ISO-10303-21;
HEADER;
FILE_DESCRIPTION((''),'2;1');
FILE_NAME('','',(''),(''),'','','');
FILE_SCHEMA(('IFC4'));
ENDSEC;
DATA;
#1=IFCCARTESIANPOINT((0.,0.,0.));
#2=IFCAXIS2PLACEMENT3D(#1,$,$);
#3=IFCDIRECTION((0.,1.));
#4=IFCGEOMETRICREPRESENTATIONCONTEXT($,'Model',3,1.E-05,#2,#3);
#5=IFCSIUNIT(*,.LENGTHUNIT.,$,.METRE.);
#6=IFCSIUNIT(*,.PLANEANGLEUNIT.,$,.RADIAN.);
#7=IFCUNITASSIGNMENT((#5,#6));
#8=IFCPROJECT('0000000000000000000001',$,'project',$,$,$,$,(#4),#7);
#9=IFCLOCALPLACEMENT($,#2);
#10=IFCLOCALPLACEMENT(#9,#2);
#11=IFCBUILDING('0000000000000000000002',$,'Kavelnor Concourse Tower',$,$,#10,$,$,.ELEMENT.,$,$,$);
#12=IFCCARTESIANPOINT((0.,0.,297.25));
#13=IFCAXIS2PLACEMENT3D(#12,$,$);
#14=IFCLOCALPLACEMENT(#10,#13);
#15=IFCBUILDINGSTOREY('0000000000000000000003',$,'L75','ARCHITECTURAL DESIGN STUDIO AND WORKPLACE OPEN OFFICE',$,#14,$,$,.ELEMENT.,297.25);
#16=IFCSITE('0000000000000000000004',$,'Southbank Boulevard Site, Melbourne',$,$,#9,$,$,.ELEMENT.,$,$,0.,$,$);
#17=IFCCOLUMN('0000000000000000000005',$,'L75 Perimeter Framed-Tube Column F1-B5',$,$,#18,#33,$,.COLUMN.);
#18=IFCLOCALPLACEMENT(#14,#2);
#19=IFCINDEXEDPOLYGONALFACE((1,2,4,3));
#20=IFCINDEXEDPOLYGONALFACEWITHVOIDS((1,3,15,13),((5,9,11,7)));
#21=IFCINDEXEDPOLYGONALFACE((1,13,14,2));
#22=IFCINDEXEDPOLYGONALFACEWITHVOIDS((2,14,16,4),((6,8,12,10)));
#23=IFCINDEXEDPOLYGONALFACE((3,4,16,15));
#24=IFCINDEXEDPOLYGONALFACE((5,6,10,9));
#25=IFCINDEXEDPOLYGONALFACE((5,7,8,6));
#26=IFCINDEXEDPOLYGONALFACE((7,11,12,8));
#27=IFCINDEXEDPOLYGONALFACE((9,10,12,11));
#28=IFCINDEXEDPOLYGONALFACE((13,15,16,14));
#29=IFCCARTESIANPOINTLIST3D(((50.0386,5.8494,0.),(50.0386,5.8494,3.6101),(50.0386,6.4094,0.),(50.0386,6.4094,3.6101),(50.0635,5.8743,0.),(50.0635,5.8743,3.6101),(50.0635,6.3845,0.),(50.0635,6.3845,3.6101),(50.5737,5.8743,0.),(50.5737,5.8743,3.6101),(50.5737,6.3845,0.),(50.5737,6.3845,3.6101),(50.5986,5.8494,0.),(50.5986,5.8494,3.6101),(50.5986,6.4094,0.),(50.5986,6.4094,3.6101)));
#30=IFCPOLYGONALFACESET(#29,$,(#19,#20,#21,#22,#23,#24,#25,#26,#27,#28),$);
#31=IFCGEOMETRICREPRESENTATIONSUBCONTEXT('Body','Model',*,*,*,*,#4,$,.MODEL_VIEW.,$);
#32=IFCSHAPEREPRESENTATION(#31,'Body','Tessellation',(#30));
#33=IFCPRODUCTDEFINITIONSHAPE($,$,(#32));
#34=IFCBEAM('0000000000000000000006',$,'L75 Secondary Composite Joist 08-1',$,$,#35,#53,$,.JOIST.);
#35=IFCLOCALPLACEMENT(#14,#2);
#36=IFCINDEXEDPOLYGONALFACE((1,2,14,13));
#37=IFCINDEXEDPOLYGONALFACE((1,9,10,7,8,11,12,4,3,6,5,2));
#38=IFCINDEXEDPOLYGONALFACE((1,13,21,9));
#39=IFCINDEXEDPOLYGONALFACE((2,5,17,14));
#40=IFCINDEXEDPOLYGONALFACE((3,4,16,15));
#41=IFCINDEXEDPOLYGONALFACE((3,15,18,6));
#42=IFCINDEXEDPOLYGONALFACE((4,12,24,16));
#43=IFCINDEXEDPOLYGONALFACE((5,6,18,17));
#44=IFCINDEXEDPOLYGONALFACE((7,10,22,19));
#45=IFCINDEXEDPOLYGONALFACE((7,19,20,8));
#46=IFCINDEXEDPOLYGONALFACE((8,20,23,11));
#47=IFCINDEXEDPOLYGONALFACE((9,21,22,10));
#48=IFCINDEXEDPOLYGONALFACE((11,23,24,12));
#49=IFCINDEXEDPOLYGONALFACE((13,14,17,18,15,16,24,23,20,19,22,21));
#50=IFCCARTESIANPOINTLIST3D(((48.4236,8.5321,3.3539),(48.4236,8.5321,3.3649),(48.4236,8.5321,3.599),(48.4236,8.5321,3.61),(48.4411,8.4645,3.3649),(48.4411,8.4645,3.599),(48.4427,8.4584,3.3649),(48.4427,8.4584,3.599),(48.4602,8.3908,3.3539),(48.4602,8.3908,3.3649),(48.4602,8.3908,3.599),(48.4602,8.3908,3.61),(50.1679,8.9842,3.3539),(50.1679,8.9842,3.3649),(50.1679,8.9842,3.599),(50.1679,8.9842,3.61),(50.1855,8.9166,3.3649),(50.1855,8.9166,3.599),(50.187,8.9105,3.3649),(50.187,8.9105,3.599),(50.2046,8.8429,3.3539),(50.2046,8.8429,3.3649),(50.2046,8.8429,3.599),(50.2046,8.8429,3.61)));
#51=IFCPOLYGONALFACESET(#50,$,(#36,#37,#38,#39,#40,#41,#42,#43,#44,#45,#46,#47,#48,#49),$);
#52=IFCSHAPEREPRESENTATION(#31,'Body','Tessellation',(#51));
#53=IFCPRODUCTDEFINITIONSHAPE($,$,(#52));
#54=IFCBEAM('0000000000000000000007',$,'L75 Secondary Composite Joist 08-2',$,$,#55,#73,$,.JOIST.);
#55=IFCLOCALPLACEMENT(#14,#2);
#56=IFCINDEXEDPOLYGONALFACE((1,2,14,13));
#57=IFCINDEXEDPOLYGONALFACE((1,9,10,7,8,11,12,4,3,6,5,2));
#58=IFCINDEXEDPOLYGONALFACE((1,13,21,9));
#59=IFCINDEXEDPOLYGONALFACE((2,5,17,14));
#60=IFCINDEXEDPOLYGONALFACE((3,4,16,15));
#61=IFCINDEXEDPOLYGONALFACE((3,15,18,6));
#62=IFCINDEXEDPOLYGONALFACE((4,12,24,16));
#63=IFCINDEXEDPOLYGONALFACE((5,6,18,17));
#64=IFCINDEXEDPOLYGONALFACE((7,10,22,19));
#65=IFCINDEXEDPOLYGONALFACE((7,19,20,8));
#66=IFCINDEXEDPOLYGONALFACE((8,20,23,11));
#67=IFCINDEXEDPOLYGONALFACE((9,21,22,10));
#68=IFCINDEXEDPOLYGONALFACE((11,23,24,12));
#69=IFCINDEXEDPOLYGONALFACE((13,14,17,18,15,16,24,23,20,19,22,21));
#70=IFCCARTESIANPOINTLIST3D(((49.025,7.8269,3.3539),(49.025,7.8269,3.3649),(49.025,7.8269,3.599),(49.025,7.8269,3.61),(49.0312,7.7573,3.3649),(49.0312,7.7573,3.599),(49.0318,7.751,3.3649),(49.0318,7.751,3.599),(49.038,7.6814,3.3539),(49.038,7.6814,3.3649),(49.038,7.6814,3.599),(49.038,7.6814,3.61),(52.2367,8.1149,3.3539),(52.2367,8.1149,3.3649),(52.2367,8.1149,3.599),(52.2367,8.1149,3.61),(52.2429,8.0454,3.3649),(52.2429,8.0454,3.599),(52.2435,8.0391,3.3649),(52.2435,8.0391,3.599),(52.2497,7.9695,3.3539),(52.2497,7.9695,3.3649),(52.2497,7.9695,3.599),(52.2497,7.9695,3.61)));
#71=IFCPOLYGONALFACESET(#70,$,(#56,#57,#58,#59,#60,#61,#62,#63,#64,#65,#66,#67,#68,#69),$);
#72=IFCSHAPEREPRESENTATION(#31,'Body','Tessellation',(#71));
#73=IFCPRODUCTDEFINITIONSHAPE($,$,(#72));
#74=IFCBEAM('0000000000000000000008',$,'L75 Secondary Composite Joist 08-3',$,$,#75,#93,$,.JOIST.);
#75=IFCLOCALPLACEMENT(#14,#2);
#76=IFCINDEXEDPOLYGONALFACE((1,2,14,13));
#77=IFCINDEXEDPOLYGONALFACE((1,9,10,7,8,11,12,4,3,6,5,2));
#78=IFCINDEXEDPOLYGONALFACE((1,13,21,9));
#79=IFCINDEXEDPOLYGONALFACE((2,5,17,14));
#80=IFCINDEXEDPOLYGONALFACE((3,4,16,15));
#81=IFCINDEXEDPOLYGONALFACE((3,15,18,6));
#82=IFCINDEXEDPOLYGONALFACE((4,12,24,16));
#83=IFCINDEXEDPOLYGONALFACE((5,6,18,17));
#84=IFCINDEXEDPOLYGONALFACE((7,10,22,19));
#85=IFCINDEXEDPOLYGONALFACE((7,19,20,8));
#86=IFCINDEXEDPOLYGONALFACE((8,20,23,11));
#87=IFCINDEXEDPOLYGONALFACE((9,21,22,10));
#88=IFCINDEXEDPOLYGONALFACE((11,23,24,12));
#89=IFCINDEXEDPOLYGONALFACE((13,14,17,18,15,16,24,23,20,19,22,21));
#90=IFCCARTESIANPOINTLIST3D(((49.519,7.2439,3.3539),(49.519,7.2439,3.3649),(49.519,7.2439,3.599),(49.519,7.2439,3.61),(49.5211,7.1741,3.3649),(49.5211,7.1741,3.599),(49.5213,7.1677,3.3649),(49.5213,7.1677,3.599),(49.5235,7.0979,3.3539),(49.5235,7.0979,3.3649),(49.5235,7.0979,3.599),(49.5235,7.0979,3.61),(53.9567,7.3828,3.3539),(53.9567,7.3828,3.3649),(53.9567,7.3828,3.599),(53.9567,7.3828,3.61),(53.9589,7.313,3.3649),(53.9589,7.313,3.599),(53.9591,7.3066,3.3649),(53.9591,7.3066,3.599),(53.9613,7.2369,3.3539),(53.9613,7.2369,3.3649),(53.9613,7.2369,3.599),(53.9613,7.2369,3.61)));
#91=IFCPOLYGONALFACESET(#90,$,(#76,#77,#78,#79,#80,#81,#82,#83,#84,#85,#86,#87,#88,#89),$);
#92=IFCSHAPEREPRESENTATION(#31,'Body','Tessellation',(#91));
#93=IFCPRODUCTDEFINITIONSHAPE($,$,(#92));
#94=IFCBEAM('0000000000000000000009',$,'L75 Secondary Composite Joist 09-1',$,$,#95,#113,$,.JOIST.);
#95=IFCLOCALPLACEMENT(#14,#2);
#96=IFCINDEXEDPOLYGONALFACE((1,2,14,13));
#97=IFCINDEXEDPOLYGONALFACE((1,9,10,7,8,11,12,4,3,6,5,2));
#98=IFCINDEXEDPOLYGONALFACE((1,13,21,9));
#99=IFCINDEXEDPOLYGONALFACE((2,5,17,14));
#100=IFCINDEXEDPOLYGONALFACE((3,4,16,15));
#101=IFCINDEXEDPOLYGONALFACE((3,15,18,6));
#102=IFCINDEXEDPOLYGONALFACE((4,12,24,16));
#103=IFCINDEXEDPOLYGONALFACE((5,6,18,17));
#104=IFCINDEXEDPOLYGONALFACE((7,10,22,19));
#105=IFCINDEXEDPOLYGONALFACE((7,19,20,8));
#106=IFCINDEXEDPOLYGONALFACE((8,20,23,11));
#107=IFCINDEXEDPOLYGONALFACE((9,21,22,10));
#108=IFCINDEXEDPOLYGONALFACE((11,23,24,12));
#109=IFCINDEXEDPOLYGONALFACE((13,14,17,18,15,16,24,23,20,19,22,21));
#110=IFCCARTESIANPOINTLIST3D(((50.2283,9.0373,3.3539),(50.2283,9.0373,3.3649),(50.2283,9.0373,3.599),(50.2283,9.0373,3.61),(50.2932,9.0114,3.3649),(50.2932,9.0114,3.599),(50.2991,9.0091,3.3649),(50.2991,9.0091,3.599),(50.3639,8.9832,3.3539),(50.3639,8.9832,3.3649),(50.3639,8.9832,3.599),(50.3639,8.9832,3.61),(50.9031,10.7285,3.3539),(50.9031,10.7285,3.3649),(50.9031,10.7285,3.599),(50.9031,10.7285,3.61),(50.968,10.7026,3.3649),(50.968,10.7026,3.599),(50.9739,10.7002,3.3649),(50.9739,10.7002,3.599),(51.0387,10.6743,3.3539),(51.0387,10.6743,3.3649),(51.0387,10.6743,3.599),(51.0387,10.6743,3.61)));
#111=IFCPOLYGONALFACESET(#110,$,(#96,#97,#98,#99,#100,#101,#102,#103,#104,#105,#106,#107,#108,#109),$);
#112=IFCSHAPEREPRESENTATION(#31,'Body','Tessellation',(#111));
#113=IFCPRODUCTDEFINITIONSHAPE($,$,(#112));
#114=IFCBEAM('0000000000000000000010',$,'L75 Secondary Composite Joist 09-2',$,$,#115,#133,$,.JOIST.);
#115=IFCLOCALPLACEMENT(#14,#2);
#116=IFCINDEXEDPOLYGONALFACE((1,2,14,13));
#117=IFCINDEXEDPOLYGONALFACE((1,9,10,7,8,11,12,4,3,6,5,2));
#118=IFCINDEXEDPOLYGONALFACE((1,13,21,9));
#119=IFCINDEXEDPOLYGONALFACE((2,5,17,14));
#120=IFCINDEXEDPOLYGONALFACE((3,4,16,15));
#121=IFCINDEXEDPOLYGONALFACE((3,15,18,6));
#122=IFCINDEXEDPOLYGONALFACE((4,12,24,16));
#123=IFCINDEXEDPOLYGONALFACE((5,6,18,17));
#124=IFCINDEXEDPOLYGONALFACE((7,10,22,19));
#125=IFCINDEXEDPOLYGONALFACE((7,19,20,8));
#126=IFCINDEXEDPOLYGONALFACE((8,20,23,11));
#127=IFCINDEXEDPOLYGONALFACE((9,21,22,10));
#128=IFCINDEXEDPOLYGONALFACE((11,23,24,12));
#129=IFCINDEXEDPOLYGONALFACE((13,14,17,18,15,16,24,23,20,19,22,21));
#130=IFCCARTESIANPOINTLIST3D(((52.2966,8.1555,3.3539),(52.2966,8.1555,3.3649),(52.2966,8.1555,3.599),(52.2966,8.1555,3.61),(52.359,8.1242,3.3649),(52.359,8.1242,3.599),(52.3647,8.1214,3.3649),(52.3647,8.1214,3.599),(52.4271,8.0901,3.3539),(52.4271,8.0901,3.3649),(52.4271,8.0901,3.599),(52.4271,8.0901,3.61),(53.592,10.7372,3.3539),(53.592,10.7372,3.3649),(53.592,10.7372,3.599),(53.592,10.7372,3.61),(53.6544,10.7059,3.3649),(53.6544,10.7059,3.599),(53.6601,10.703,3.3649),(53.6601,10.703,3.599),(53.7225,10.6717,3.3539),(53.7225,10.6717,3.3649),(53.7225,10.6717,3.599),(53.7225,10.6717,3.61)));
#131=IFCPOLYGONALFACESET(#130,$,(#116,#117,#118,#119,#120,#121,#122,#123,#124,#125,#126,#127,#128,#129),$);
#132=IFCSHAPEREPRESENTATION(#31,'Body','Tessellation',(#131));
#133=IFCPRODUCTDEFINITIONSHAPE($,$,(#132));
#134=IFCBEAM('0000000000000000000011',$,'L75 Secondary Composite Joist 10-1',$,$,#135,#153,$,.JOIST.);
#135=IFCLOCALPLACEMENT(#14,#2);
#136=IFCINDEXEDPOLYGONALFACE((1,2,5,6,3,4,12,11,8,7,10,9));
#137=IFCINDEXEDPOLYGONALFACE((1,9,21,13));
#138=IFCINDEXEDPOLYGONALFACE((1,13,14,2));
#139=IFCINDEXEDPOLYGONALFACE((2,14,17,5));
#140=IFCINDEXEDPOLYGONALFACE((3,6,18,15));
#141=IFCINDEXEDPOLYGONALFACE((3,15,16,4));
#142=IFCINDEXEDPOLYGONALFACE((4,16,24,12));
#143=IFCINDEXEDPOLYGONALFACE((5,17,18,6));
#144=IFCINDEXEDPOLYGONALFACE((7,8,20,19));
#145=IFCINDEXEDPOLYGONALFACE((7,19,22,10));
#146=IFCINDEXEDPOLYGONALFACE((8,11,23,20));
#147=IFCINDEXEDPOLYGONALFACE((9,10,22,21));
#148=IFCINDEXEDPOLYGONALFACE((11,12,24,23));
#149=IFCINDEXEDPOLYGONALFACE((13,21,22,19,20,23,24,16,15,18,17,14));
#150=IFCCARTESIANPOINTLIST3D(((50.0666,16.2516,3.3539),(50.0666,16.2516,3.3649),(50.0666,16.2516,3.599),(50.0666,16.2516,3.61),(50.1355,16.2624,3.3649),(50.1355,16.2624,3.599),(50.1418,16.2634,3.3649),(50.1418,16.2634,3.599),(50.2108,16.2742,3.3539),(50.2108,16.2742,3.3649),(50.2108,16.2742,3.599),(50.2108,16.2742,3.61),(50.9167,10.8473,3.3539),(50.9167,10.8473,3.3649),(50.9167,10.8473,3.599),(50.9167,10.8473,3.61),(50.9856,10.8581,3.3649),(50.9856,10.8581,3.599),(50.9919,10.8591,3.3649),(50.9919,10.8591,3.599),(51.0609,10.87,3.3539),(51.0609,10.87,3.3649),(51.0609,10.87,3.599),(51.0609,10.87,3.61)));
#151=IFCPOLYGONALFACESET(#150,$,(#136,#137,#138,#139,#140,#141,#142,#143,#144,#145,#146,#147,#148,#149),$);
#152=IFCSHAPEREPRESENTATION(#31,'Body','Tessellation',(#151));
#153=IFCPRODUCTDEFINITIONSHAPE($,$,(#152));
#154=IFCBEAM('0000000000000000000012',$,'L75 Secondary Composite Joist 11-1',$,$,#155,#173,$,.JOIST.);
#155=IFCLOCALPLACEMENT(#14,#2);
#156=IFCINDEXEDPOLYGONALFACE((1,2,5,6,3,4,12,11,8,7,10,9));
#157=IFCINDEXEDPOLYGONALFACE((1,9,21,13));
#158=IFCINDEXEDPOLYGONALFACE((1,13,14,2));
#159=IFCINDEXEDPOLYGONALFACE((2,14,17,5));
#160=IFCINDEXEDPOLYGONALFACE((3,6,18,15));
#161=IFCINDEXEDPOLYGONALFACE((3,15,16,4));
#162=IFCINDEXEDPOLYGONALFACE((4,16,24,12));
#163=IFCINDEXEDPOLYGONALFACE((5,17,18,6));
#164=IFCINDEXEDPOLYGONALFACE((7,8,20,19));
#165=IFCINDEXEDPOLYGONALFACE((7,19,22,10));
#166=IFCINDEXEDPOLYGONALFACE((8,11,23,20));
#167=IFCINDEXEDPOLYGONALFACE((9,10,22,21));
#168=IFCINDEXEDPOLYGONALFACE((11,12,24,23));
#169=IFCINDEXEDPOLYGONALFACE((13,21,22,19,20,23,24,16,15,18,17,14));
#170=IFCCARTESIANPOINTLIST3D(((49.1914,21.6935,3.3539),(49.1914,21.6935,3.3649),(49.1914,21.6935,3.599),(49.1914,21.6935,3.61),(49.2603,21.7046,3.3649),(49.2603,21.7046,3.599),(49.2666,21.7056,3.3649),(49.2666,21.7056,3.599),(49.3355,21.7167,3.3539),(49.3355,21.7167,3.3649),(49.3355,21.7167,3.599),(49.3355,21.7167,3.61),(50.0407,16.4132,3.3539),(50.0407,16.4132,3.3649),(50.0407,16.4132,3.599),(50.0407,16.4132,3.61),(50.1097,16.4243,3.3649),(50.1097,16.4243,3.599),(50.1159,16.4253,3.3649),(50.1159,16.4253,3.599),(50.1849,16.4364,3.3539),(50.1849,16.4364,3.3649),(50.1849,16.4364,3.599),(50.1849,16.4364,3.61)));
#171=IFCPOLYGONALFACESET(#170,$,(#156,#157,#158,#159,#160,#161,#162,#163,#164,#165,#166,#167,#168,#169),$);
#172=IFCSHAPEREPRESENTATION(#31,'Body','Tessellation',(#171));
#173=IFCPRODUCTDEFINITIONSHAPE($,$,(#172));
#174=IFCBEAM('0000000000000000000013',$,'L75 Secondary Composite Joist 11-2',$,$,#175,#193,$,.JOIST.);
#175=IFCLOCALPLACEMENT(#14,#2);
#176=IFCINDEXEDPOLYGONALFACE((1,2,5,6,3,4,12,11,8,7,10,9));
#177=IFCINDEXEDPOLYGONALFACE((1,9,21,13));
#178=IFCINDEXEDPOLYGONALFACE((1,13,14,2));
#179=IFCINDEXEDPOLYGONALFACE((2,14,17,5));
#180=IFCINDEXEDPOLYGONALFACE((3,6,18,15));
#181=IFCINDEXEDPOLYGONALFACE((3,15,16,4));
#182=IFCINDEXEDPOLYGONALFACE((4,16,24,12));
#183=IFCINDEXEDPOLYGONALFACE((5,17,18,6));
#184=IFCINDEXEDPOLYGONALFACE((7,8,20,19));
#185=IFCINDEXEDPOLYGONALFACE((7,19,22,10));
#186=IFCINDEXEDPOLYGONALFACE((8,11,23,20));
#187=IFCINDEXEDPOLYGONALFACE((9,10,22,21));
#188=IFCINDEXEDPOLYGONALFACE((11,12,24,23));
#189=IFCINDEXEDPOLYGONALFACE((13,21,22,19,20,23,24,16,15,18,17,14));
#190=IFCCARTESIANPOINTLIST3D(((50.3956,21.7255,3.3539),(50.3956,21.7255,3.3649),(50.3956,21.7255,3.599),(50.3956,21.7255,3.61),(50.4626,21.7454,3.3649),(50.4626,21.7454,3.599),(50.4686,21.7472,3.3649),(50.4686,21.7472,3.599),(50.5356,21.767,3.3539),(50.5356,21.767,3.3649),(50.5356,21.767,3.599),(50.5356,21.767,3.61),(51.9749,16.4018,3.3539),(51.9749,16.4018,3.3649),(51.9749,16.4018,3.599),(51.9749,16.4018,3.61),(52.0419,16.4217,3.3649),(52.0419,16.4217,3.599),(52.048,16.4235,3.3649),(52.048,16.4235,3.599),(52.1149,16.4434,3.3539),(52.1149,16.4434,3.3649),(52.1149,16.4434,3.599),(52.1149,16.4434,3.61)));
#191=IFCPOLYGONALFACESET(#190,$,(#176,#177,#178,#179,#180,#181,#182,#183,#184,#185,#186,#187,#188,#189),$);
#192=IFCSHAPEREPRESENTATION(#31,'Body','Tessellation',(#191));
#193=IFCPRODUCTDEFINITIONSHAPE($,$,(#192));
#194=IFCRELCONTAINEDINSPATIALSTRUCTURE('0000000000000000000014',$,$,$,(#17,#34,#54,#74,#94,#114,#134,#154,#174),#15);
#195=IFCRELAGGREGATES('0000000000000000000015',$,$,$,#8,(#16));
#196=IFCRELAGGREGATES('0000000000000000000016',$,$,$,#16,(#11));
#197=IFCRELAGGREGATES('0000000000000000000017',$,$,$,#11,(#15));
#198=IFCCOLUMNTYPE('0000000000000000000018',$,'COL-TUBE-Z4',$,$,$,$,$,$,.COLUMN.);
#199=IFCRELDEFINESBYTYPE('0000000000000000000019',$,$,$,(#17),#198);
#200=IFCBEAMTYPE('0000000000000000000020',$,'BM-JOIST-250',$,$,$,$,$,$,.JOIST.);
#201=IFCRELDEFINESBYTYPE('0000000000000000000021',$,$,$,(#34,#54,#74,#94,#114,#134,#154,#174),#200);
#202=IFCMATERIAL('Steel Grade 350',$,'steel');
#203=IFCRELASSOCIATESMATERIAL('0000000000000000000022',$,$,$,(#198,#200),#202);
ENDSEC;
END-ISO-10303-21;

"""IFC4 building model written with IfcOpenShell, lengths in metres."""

from ifc_helpers import new_model, si_unit, direction, frame, origin, origin_2d, place, context, subcontext, project, spatial, hollow_rectangle, i_section, extrude, material, material_profile, profile_set, type_object, element, save


model = new_model("IFC4")

# Units and contexts
model_context = context("Model", 3, precision=1e-05, world=origin(), true_north=direction((0.0, 1.0)))
body_context = subcontext(model_context, "Body", "Model", "MODEL_VIEW")
ifc_project = project(units=[si_unit("LENGTHUNIT", "METRE"), si_unit("PLANEANGLEUNIT", "RADIAN")], contexts=[model_context])

# Site, building, storey
site_placement = place(None, origin())
site = spatial("IfcSite", under=ifc_project, at=site_placement, Name="Southbank Boulevard Site, Melbourne", CompositionType="ELEMENT", RefElevation=0.0)
building_placement = place(site_placement, origin())
building = spatial("IfcBuilding", under=site, at=building_placement, Name="Kavelnor Concourse Tower", CompositionType="ELEMENT")
storey_placement = place(building_placement, frame((0.0, 0.0, 297.25)))
storey = spatial("IfcBuildingStorey", under=building, at=storey_placement, Name="L75", Description="ARCHITECTURAL DESIGN STUDIO AND WORKPLACE OPEN OFFICE", CompositionType="ELEMENT", Elevation=297.25)

# Column
ifc_material_1 = material(Name="Steel Grade 350", Category="steel")
ifc_material_profile_1 = material_profile(ifc_material_1, hollow_rectangle(XDim=0.5601, YDim=0.5601, WallThickness=0.0249, at=origin_2d()), Name="SHS 560x560x25")
ifc_profile_set_1 = profile_set([ifc_material_profile_1], Name="Steel Grade 350")
column_type = type_object("IfcColumnType", Name="COL-TUBE-Z4", PredefinedType="COLUMN", material=ifc_profile_set_1)
column_placement = place(storey_placement, frame((50.3186, 6.1294, 0.0), z_axis=(0.0, 0.0, 1.0), x_axis=(1.0, 0.0, 0.0)))
element("IfcColumn", 1, at=column_placement, inside=storey, type_object=column_type, Name="L75 Perimeter Framed-Tube Column F1-B5", PredefinedType="COLUMN", context=body_context, shape_type="SweptSolid", body=[
    extrude(hollow_rectangle(XDim=0.5601, YDim=0.5601, WallThickness=0.0249, at=origin_2d()), origin(), (0.0, 0.0, 1.0), 3.6101),
])

# Beams
ifc_material_profile_2 = material_profile(ifc_material_1, i_section(OverallWidth=0.146, OverallDepth=0.2561, WebThickness=0.0063, FlangeThickness=0.011, at=origin_2d()), Name="250UB37")
ifc_profile_set_2 = profile_set([ifc_material_profile_2], Name="Steel Grade 350")
beam_type_1 = type_object("IfcBeamType", Name="BM-JOIST-250", PredefinedType="JOIST", material=ifc_profile_set_2)
beam_1_placement = place(storey_placement, frame((48.4419, 8.4614, 3.4819), z_axis=(0.96801, 0.25091, 0.0), x_axis=(-0.25091, 0.96801, 0.0)))
element("IfcBeam", 2, at=beam_1_placement, inside=storey, type_object=beam_type_1, Name="L75 Secondary Composite Joist 08-1", PredefinedType="JOIST", context=body_context, shape_type="SweptSolid", body=[
    extrude(i_section(OverallWidth=0.146, OverallDepth=0.2561, WebThickness=0.0063, FlangeThickness=0.011, at=origin_2d()), origin(), (0.0, 0.0, 1.0), 1.802),
])
beam_2_placement = place(storey_placement, frame((49.0315, 7.7542, 3.4819), z_axis=(0.996001, 0.089341, 0.0), x_axis=(-0.089341, 0.996001, 0.0)))
element("IfcBeam", 3, at=beam_2_placement, inside=storey, type_object=beam_type_1, Name="L75 Secondary Composite Joist 08-2", PredefinedType="JOIST", context=body_context, shape_type="SweptSolid", body=[
    extrude(i_section(OverallWidth=0.146, OverallDepth=0.2561, WebThickness=0.0063, FlangeThickness=0.011, at=origin_2d()), origin(), (0.0, 0.0, 1.0), 3.2246),
])
beam_3_placement = place(storey_placement, frame((49.5212, 7.1709, 3.4819), z_axis=(0.99951, 0.031288, 0.0), x_axis=(-0.031288, 0.99951, 0.0)))
element("IfcBeam", 4, at=beam_3_placement, inside=storey, type_object=beam_type_1, Name="L75 Secondary Composite Joist 08-3", PredefinedType="JOIST", context=body_context, shape_type="SweptSolid", body=[
    extrude(i_section(OverallWidth=0.146, OverallDepth=0.2561, WebThickness=0.0063, FlangeThickness=0.011, at=origin_2d()), origin(), (0.0, 0.0, 1.0), 4.4399),
])
beam_4_placement = place(storey_placement, frame((50.2961, 9.0103, 3.4819), z_axis=(0.370605, 0.928791, 0.0), x_axis=(-0.928791, 0.370605, 0.0)))
element("IfcBeam", 5, at=beam_4_placement, inside=storey, type_object=beam_type_1, Name="L75 Secondary Composite Joist 09-1", PredefinedType="JOIST", context=body_context, shape_type="SweptSolid", body=[
    extrude(i_section(OverallWidth=0.146, OverallDepth=0.2561, WebThickness=0.0063, FlangeThickness=0.011, at=origin_2d()), origin(), (0.0, 0.0, 1.0), 1.8208),
])
beam_5_placement = place(storey_placement, frame((52.3618, 8.1228, 3.4819), z_axis=(0.448498, 0.893784, 0.0), x_axis=(-0.893784, 0.448498, 0.0)))
element("IfcBeam", 6, at=beam_5_placement, inside=storey, type_object=beam_type_1, Name="L75 Secondary Composite Joist 09-2", PredefinedType="JOIST", context=body_context, shape_type="SweptSolid", body=[
    extrude(i_section(OverallWidth=0.146, OverallDepth=0.2561, WebThickness=0.0063, FlangeThickness=0.011, at=origin_2d()), origin(), (0.0, 0.0, 1.0), 2.8884),
])
beam_6_placement = place(storey_placement, frame((50.9888, 10.8586, 3.4819), z_axis=(-0.15539, 0.987853, 0.0), x_axis=(-0.987853, -0.15539, 0.0)))
element("IfcBeam", 7, at=beam_6_placement, inside=storey, type_object=beam_type_1, Name="L75 Secondary Composite Joist 10-1", PredefinedType="JOIST", context=body_context, shape_type="SweptSolid", body=[
    extrude(i_section(OverallWidth=0.146, OverallDepth=0.2561, WebThickness=0.0063, FlangeThickness=0.011, at=origin_2d()), origin(), (0.0, 0.0, 1.0), 5.4707),
])
beam_7_placement = place(storey_placement, frame((50.1128, 16.4248, 3.4819), z_axis=(-0.158815, 0.987308, 0.0), x_axis=(-0.987308, -0.158815, 0.0)))
element("IfcBeam", 8, at=beam_7_placement, inside=storey, type_object=beam_type_1, Name="L75 Secondary Composite Joist 11-1", PredefinedType="JOIST", context=body_context, shape_type="SweptSolid", body=[
    extrude(i_section(OverallWidth=0.146, OverallDepth=0.2561, WebThickness=0.0063, FlangeThickness=0.011, at=origin_2d()), origin(), (0.0, 0.0, 1.0), 5.3481),
])
beam_8_placement = place(storey_placement, frame((52.0449, 16.4226, 3.4819), z_axis=(-0.28441, 0.958703, 0.0), x_axis=(-0.958703, -0.28441, 0.0)))
element("IfcBeam", 9, at=beam_8_placement, inside=storey, type_object=beam_type_1, Name="L75 Secondary Composite Joist 11-2", PredefinedType="JOIST", context=body_context, shape_type="SweptSolid", body=[
    extrude(i_section(OverallWidth=0.146, OverallDepth=0.2561, WebThickness=0.0063, FlangeThickness=0.011, at=origin_2d()), origin(), (0.0, 0.0, 1.0), 5.553),
])

save(model, "model.ifc")
